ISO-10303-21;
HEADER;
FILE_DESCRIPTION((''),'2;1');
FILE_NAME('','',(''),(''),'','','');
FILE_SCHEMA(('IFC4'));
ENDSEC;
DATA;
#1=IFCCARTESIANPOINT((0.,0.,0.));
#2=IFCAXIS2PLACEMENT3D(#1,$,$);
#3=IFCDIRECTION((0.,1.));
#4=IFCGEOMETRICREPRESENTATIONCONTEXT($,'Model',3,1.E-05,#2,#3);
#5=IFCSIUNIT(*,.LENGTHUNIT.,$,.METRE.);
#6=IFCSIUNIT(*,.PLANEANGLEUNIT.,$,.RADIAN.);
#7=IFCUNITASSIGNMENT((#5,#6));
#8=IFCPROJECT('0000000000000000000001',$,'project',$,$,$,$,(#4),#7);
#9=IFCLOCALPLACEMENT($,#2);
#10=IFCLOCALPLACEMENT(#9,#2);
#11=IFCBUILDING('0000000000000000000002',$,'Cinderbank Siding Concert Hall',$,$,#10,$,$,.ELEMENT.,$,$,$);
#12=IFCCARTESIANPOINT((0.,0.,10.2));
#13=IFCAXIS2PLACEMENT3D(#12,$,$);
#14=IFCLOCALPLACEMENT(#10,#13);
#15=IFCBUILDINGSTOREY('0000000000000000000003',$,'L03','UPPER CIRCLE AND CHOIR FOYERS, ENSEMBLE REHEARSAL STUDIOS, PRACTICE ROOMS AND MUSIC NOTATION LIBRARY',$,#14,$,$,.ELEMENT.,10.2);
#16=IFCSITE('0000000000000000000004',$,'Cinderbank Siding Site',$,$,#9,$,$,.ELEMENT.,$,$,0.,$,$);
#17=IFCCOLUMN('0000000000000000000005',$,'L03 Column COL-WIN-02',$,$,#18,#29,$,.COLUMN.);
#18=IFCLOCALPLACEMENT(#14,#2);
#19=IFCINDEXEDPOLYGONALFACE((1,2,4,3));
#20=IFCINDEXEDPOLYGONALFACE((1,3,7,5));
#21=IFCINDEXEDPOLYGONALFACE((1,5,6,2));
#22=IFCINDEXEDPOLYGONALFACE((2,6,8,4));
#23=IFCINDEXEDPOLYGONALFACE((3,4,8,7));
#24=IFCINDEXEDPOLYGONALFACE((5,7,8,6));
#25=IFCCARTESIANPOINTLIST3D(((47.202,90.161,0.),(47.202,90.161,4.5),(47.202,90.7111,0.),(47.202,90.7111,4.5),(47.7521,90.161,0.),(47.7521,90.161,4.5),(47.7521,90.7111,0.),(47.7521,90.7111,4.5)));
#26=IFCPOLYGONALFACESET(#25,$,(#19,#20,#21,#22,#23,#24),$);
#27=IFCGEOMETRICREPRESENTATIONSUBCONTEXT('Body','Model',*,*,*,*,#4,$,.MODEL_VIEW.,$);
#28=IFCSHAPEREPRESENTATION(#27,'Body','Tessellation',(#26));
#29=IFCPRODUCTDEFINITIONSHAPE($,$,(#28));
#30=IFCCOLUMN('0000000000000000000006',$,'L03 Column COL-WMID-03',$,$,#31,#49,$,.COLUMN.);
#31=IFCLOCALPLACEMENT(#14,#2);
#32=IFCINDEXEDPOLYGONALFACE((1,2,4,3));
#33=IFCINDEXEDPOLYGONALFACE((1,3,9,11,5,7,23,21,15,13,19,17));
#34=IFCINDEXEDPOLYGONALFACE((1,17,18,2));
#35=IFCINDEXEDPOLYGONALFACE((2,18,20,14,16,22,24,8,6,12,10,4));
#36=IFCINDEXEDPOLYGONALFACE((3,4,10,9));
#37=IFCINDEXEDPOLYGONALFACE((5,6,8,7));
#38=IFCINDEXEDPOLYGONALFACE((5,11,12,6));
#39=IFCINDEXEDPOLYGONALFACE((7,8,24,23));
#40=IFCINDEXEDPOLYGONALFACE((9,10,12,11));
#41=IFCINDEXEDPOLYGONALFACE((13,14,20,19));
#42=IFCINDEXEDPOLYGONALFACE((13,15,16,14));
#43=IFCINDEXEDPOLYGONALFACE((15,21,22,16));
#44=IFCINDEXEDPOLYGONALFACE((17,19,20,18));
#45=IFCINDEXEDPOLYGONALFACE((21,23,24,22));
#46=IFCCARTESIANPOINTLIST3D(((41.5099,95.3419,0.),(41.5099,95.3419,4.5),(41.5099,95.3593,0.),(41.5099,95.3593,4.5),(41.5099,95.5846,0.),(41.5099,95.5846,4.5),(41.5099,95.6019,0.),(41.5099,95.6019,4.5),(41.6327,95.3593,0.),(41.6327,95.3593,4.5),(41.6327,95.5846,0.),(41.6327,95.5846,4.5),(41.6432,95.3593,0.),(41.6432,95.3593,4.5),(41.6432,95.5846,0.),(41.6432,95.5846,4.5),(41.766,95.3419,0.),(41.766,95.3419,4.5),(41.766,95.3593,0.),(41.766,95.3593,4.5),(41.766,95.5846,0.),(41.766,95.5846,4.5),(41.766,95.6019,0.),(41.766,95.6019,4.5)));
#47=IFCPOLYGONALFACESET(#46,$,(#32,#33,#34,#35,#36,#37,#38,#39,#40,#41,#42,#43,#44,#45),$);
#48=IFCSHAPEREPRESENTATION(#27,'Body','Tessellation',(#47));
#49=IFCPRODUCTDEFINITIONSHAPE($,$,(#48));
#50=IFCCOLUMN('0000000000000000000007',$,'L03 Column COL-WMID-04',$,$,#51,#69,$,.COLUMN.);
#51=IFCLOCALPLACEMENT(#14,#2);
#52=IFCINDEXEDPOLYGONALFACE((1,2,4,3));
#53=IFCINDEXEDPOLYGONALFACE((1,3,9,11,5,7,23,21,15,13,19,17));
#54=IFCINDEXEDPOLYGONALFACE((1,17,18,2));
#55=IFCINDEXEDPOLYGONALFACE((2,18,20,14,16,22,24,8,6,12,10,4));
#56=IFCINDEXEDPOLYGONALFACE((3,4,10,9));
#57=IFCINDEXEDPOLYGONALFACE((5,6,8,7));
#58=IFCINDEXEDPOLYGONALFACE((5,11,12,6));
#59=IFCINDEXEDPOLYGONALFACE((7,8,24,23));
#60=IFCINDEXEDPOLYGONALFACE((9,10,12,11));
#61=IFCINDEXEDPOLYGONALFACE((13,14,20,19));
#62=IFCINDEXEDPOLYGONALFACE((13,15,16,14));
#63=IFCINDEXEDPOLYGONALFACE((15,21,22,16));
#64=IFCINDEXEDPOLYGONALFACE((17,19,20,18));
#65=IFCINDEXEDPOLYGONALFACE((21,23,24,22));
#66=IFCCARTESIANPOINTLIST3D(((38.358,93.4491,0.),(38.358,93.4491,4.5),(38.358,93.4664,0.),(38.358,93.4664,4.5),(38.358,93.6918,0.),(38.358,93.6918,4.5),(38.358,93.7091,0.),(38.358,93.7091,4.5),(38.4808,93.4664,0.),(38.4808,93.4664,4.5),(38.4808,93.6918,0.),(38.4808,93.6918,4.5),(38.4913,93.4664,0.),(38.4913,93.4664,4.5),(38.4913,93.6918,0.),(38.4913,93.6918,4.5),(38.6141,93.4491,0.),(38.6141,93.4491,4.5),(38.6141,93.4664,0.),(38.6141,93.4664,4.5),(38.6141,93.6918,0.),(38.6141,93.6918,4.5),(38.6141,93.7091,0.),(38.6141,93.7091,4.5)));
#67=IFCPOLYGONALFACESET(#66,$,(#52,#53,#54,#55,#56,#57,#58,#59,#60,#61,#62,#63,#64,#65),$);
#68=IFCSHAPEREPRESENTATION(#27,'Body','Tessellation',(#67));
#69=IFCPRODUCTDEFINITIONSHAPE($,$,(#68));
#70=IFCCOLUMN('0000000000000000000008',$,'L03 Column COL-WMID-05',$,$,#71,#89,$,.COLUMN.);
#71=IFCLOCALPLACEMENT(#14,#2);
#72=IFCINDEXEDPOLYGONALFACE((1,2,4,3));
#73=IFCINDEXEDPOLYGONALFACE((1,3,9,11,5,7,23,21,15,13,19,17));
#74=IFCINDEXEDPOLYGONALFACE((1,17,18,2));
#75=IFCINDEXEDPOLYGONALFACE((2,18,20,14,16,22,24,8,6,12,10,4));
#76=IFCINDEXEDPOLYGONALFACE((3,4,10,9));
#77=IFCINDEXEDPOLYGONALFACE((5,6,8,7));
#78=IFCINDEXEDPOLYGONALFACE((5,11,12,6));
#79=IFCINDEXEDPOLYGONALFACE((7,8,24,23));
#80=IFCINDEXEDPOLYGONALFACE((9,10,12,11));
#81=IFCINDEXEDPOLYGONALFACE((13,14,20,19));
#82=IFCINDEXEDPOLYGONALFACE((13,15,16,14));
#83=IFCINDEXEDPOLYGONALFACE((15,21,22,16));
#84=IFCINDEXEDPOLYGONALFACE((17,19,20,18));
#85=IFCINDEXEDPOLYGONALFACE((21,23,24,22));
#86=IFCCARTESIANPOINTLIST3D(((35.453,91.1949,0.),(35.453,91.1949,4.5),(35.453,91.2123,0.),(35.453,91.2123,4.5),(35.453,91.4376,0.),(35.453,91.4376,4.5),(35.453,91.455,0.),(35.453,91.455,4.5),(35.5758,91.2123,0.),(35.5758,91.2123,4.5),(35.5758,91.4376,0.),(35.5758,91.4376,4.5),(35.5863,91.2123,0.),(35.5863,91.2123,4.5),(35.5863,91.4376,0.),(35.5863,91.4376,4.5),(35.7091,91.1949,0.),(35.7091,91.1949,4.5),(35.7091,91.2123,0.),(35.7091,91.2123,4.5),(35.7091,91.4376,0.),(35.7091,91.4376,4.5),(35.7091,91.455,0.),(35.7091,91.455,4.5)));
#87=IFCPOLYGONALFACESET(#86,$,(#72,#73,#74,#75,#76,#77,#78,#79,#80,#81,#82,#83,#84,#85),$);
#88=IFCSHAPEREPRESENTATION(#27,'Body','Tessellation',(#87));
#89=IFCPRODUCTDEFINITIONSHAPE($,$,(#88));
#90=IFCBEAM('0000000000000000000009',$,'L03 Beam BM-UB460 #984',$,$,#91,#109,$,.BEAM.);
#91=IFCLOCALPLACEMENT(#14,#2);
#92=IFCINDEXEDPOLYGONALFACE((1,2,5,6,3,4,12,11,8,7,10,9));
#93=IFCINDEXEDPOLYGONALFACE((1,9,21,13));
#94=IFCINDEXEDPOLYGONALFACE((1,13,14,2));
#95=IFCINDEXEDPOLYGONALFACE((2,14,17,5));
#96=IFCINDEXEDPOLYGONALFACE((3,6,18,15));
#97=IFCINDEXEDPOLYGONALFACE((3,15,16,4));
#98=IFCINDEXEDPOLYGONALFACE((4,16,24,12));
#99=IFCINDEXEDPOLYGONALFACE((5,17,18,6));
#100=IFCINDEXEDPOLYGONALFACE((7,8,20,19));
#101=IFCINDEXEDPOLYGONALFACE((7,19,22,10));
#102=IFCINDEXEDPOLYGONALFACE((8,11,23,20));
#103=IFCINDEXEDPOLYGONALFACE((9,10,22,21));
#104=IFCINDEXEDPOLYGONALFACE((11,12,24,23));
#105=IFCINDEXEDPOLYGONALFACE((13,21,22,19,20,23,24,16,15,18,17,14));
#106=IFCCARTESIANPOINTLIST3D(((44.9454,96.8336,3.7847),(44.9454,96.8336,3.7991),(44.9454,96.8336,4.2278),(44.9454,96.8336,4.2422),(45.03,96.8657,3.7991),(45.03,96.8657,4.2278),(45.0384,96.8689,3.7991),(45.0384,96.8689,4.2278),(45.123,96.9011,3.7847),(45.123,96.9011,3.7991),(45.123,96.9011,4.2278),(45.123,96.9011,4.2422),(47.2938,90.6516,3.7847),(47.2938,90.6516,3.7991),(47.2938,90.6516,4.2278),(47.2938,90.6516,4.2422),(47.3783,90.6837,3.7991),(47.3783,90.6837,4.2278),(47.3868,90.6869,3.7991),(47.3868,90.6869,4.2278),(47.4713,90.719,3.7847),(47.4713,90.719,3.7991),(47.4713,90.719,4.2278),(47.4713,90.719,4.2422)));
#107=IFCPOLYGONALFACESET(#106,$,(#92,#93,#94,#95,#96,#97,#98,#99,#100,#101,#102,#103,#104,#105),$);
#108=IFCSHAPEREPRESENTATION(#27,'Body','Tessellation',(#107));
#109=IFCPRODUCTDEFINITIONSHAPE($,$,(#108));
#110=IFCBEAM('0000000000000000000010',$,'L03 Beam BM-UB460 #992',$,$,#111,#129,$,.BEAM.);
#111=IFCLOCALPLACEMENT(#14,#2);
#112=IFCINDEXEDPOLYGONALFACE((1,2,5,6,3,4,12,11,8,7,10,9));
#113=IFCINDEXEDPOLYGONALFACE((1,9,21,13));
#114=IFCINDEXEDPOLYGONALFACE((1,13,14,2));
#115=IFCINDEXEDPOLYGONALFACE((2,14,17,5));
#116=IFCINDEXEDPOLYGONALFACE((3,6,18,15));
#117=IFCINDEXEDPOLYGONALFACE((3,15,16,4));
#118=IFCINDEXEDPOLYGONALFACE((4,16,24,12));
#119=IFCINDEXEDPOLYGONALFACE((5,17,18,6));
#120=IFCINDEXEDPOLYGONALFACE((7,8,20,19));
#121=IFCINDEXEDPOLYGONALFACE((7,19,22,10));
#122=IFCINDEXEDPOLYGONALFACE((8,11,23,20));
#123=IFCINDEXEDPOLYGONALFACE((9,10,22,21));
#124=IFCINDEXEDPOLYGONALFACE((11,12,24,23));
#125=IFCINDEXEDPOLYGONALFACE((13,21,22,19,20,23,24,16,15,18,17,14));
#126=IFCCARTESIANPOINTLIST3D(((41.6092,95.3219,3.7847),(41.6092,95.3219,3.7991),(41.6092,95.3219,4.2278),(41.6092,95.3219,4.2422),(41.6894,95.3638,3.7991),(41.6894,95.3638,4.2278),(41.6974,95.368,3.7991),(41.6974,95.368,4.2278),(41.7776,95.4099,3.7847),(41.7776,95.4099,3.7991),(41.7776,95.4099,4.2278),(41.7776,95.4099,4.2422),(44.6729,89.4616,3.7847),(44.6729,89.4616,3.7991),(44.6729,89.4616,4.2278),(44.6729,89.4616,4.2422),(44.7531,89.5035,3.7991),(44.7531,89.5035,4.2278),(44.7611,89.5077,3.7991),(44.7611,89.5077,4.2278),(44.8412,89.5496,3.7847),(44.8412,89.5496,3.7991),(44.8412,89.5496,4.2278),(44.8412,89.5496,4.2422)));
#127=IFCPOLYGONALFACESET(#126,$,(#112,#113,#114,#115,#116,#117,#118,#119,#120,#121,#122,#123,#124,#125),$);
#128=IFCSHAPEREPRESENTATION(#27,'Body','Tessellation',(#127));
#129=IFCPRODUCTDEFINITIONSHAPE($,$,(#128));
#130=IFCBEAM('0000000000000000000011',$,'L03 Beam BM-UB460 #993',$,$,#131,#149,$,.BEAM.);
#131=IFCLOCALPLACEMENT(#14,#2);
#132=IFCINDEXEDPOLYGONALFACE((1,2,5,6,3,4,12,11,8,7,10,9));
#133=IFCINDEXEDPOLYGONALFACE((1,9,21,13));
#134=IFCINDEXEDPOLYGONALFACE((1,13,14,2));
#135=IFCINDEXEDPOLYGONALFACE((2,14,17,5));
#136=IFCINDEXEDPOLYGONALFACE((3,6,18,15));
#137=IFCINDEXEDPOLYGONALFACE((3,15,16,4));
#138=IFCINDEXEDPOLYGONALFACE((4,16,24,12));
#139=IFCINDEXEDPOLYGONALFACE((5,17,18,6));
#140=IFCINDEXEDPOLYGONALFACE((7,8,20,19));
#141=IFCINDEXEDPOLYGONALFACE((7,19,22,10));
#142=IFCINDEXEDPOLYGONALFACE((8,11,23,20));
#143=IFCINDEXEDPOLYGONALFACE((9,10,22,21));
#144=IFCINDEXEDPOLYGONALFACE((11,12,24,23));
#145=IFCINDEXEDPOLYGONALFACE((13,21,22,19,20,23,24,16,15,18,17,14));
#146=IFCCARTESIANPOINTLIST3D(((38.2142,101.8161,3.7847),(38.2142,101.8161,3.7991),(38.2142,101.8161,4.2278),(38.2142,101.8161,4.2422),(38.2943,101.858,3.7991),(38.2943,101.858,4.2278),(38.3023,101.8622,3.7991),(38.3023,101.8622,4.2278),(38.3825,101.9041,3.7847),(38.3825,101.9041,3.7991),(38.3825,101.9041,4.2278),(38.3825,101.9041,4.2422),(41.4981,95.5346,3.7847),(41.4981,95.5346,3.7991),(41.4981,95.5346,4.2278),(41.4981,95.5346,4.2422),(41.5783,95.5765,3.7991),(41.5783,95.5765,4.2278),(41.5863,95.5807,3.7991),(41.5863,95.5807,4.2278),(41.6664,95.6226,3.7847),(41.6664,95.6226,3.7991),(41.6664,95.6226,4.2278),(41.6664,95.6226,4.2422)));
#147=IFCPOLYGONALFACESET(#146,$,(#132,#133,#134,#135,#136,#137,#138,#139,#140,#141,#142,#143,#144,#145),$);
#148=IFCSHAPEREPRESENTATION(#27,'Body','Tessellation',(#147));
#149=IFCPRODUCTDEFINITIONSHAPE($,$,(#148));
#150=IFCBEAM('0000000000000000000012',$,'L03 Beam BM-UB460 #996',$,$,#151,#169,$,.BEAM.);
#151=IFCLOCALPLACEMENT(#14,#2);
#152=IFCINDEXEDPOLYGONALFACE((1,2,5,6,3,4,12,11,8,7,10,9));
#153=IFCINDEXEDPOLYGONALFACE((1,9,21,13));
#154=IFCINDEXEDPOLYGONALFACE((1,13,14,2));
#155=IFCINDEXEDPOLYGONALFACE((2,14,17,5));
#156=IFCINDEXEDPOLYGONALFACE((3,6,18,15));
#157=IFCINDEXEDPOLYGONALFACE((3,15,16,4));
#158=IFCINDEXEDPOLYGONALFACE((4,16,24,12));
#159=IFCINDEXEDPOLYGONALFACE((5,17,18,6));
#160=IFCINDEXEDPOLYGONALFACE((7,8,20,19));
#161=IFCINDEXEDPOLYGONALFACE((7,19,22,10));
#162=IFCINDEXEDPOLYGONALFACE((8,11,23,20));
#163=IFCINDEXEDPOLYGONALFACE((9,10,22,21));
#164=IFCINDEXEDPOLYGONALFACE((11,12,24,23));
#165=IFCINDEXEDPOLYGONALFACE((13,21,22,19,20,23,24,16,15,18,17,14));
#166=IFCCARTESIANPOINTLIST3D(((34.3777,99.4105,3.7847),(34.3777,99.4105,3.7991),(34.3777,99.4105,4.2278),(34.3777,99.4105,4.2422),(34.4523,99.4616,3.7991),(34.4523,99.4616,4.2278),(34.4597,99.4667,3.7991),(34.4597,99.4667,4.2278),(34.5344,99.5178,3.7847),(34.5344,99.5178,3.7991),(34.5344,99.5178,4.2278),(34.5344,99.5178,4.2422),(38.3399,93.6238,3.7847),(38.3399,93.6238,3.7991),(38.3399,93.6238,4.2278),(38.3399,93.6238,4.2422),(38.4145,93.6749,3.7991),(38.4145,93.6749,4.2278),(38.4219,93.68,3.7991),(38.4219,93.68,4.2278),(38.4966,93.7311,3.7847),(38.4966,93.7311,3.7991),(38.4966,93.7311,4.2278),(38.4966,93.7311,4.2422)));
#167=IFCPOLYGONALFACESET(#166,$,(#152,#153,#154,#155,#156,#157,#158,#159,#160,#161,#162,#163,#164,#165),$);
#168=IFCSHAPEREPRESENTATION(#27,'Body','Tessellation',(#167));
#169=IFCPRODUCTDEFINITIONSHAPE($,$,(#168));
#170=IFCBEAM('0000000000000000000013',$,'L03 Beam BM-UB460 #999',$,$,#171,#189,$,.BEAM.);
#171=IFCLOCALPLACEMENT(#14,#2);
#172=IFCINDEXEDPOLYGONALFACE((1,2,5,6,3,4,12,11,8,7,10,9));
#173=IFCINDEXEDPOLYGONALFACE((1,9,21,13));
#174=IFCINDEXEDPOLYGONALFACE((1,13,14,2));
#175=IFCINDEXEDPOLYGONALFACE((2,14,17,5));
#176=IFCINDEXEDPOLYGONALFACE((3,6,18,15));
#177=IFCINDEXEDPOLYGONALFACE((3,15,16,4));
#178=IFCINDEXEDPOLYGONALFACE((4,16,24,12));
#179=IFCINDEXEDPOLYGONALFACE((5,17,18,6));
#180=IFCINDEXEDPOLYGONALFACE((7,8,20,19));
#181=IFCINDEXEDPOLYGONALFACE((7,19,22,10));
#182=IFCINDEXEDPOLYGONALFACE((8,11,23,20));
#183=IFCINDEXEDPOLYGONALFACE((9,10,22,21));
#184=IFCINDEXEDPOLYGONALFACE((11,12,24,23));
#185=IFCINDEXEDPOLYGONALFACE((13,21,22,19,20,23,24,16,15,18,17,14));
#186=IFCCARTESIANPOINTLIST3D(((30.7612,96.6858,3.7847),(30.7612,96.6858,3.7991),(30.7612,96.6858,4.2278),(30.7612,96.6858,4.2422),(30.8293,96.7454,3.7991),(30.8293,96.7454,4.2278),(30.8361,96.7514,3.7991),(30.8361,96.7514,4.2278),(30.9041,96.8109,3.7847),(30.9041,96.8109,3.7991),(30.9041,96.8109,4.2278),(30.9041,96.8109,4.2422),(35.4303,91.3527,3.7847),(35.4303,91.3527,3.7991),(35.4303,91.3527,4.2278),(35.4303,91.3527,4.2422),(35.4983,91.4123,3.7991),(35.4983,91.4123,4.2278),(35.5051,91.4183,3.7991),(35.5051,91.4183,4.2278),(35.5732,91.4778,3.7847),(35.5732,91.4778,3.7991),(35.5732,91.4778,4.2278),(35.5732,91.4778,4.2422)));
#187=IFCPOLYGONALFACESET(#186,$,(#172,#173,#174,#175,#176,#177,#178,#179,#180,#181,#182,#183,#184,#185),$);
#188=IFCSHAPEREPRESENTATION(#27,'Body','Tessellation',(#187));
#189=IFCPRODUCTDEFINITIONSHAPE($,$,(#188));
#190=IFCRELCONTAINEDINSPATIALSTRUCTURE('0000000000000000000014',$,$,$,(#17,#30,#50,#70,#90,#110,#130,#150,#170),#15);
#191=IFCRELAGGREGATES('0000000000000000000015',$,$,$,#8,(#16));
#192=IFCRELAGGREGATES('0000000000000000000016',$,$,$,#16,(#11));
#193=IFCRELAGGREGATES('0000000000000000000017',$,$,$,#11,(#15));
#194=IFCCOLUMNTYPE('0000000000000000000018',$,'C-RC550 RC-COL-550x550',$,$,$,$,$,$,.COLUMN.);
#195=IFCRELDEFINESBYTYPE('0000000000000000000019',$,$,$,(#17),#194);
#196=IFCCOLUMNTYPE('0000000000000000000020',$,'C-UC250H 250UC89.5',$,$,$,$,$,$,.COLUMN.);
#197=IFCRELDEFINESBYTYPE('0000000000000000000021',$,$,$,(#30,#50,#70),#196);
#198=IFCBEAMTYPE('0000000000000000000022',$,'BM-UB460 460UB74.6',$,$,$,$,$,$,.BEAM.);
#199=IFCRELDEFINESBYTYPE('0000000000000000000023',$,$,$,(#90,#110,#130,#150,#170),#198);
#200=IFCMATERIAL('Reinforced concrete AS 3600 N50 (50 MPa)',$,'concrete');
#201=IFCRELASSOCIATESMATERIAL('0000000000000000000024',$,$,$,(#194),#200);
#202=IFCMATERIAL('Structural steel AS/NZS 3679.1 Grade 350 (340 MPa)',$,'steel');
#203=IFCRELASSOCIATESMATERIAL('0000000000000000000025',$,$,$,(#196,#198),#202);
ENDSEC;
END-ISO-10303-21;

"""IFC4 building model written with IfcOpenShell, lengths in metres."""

from ifc_helpers import new_model, si_unit, direction, frame, origin, origin_2d, place, context, subcontext, project, spatial, rectangle, i_section, extrude, material, material_profile, profile_set, type_object, element, save


model = new_model("IFC4")

# Units and contexts
model_context = context("Model", 3, precision=1e-05, world=origin(), true_north=direction((0.0, 1.0)))
body_context = subcontext(model_context, "Body", "Model", "MODEL_VIEW")
ifc_project = project(units=[si_unit("LENGTHUNIT", "METRE"), si_unit("PLANEANGLEUNIT", "RADIAN")], contexts=[model_context])

# Site, building, storey
site_placement = place(None, origin())
site = spatial("IfcSite", under=ifc_project, at=site_placement, Name="Cinderbank Siding Site", CompositionType="ELEMENT", RefElevation=0.0)
building_placement = place(site_placement, origin())
building = spatial("IfcBuilding", under=site, at=building_placement, Name="Cinderbank Siding Concert Hall", CompositionType="ELEMENT")
storey_placement = place(building_placement, frame((0.0, 0.0, 10.2)))
storey = spatial("IfcBuildingStorey", under=building, at=storey_placement, Name="L03", Description="UPPER CIRCLE AND CHOIR FOYERS, ENSEMBLE REHEARSAL STUDIOS, PRACTICE ROOMS AND MUSIC NOTATION LIBRARY", CompositionType="ELEMENT", Elevation=10.2)

# Columns
ifc_material_1 = material(Name="Reinforced concrete AS 3600 N50 (50 MPa)", Category="concrete")
ifc_material_profile_1 = material_profile(ifc_material_1, rectangle(XDim=0.55, YDim=0.55, at=origin_2d()), Name="RC-COL-550x550", Category="LoadBearing")
ifc_profile_set_1 = profile_set([ifc_material_profile_1], Name="Reinforced concrete AS 3600 N50 (50 MPa)")
column_type_1 = type_object("IfcColumnType", Name="C-RC550 RC-COL-550x550", PredefinedType="COLUMN", material=ifc_profile_set_1)
column_placement = place(storey_placement, frame((47.4771, 90.436, 0.0), z_axis=(0.0, 0.0, 1.0), x_axis=(1.0, 0.0, 0.0)))
element("IfcColumn", 1, at=column_placement, inside=storey, type_object=column_type_1, Name="L03 Column COL-WIN-02", PredefinedType="COLUMN", context=body_context, shape_type="SweptSolid", body=[
    extrude(rectangle(XDim=0.55, YDim=0.55, at=origin_2d()), origin(), (0.0, 0.0, 1.0), 4.5),
])
ifc_material_2 = material(Name="Structural steel AS/NZS 3679.1 Grade 350 (340 MPa)", Category="steel")
ifc_material_profile_2 = material_profile(ifc_material_2, i_section(OverallWidth=0.2561, OverallDepth=0.26, WebThickness=0.0105, FlangeThickness=0.0173, at=origin_2d()), Name="250UC89.5", Category="LoadBearing")
ifc_profile_set_2 = profile_set([ifc_material_profile_2], Name="Structural steel AS/NZS 3679.1 Grade 350 (340 MPa)")
column_type_2 = type_object("IfcColumnType", Name="C-UC250H 250UC89.5", PredefinedType="COLUMN", material=ifc_profile_set_2)
for number, where, z_axis, x_axis, name in (
    (2, (41.6379, 95.4719, 0.0), (0.0, 0.0, 1.0), (1.0, 0.0, 0.0), "L03 Column COL-WMID-03"),
    (3, (38.4861, 93.5791, 0.0), (0.0, 0.0, 1.0), (1.0, 0.0, 0.0), "L03 Column COL-WMID-04"),
    (4, (35.5811, 91.325, 0.0), (0.0, 0.0, 1.0), (1.0, 0.0, 0.0), "L03 Column COL-WMID-05"),
):
    element("IfcColumn", number, at=place(storey_placement, frame(where, z_axis=z_axis, x_axis=x_axis)), inside=storey, type_object=column_type_2, Name=name, PredefinedType="COLUMN", context=body_context, shape_type="SweptSolid", body=[
        extrude(i_section(OverallWidth=0.2561, OverallDepth=0.26, WebThickness=0.0105, FlangeThickness=0.0173, at=origin_2d()), origin(), (0.0, 0.0, 1.0), 4.5),
    ])

# Beams
ifc_material_profile_3 = material_profile(ifc_material_2, i_section(OverallWidth=0.1899, OverallDepth=0.4575, WebThickness=0.009, FlangeThickness=0.0144, at=origin_2d()), Name="460UB74.6", Category="LoadBearing")
ifc_profile_set_3 = profile_set([ifc_material_profile_3], Name="Structural steel AS/NZS 3679.1 Grade 350 (340 MPa)")
beam_type_1 = type_object("IfcBeamType", Name="BM-UB460 460UB74.6", PredefinedType="BEAM", material=ifc_profile_set_3)
beam_1_placement = place(storey_placement, frame((47.3826, 90.6853, 4.0134), z_axis=(-0.355109, 0.934825, 0.0), x_axis=(-0.934825, -0.355109, 0.0)))
element("IfcBeam", 5, at=beam_1_placement, inside=storey, type_object=beam_type_1, Name="L03 Beam BM-UB460 #984", PredefinedType="BEAM", context=body_context, shape_type="SweptSolid", body=[
    extrude(i_section(OverallWidth=0.1899, OverallDepth=0.4575, WebThickness=0.009, FlangeThickness=0.0144, at=origin_2d()), origin(), (0.0, 0.0, 1.0), 6.613),
])
beam_2_placement = place(storey_placement, frame((44.7571, 89.5056, 4.0134), z_axis=(-0.463296, 0.886203, 0.0), x_axis=(-0.886203, -0.463296, 0.0)))
element("IfcBeam", 6, at=beam_2_placement, inside=storey, type_object=beam_type_1, Name="L03 Beam BM-UB460 #992", PredefinedType="BEAM", context=body_context, shape_type="SweptSolid", body=[
    extrude(i_section(OverallWidth=0.1899, OverallDepth=0.4575, WebThickness=0.009, FlangeThickness=0.0144, at=origin_2d()), origin(), (0.0, 0.0, 1.0), 6.6128),
])
beam_3_placement = place(storey_placement, frame((41.5823, 95.5786, 4.0134), z_axis=(-0.463302, 0.886201, 0.0), x_axis=(-0.886201, -0.463302, 0.0)))
element("IfcBeam", 7, at=beam_3_placement, inside=storey, type_object=beam_type_1, Name="L03 Beam BM-UB460 #993", PredefinedType="BEAM", context=body_context, shape_type="SweptSolid", body=[
    extrude(i_section(OverallWidth=0.1899, OverallDepth=0.4575, WebThickness=0.009, FlangeThickness=0.0144, at=origin_2d()), origin(), (0.0, 0.0, 1.0), 7.0881),
])
beam_4_placement = place(storey_placement, frame((38.4182, 93.6775, 4.0134), z_axis=(-0.564965, 0.825115, 0.0), x_axis=(-0.825115, -0.564965, 0.0)))
element("IfcBeam", 8, at=beam_4_placement, inside=storey, type_object=beam_type_1, Name="L03 Beam BM-UB460 #996", PredefinedType="BEAM", context=body_context, shape_type="SweptSolid", body=[
    extrude(i_section(OverallWidth=0.1899, OverallDepth=0.4575, WebThickness=0.009, FlangeThickness=0.0144, at=origin_2d()), origin(), (0.0, 0.0, 1.0), 7.0132),
])
beam_5_placement = place(storey_placement, frame((35.5017, 91.4153, 4.0134), z_axis=(-0.658709, 0.752397, 0.0), x_axis=(-0.752397, -0.658709, 0.0)))
element("IfcBeam", 9, at=beam_5_placement, inside=storey, type_object=beam_type_1, Name="L03 Beam BM-UB460 #999", PredefinedType="BEAM", context=body_context, shape_type="SweptSolid", body=[
    extrude(i_section(OverallWidth=0.1899, OverallDepth=0.4575, WebThickness=0.009, FlangeThickness=0.0144, at=origin_2d()), origin(), (0.0, 0.0, 1.0), 7.0881),
])

save(model, "model.ifc")
